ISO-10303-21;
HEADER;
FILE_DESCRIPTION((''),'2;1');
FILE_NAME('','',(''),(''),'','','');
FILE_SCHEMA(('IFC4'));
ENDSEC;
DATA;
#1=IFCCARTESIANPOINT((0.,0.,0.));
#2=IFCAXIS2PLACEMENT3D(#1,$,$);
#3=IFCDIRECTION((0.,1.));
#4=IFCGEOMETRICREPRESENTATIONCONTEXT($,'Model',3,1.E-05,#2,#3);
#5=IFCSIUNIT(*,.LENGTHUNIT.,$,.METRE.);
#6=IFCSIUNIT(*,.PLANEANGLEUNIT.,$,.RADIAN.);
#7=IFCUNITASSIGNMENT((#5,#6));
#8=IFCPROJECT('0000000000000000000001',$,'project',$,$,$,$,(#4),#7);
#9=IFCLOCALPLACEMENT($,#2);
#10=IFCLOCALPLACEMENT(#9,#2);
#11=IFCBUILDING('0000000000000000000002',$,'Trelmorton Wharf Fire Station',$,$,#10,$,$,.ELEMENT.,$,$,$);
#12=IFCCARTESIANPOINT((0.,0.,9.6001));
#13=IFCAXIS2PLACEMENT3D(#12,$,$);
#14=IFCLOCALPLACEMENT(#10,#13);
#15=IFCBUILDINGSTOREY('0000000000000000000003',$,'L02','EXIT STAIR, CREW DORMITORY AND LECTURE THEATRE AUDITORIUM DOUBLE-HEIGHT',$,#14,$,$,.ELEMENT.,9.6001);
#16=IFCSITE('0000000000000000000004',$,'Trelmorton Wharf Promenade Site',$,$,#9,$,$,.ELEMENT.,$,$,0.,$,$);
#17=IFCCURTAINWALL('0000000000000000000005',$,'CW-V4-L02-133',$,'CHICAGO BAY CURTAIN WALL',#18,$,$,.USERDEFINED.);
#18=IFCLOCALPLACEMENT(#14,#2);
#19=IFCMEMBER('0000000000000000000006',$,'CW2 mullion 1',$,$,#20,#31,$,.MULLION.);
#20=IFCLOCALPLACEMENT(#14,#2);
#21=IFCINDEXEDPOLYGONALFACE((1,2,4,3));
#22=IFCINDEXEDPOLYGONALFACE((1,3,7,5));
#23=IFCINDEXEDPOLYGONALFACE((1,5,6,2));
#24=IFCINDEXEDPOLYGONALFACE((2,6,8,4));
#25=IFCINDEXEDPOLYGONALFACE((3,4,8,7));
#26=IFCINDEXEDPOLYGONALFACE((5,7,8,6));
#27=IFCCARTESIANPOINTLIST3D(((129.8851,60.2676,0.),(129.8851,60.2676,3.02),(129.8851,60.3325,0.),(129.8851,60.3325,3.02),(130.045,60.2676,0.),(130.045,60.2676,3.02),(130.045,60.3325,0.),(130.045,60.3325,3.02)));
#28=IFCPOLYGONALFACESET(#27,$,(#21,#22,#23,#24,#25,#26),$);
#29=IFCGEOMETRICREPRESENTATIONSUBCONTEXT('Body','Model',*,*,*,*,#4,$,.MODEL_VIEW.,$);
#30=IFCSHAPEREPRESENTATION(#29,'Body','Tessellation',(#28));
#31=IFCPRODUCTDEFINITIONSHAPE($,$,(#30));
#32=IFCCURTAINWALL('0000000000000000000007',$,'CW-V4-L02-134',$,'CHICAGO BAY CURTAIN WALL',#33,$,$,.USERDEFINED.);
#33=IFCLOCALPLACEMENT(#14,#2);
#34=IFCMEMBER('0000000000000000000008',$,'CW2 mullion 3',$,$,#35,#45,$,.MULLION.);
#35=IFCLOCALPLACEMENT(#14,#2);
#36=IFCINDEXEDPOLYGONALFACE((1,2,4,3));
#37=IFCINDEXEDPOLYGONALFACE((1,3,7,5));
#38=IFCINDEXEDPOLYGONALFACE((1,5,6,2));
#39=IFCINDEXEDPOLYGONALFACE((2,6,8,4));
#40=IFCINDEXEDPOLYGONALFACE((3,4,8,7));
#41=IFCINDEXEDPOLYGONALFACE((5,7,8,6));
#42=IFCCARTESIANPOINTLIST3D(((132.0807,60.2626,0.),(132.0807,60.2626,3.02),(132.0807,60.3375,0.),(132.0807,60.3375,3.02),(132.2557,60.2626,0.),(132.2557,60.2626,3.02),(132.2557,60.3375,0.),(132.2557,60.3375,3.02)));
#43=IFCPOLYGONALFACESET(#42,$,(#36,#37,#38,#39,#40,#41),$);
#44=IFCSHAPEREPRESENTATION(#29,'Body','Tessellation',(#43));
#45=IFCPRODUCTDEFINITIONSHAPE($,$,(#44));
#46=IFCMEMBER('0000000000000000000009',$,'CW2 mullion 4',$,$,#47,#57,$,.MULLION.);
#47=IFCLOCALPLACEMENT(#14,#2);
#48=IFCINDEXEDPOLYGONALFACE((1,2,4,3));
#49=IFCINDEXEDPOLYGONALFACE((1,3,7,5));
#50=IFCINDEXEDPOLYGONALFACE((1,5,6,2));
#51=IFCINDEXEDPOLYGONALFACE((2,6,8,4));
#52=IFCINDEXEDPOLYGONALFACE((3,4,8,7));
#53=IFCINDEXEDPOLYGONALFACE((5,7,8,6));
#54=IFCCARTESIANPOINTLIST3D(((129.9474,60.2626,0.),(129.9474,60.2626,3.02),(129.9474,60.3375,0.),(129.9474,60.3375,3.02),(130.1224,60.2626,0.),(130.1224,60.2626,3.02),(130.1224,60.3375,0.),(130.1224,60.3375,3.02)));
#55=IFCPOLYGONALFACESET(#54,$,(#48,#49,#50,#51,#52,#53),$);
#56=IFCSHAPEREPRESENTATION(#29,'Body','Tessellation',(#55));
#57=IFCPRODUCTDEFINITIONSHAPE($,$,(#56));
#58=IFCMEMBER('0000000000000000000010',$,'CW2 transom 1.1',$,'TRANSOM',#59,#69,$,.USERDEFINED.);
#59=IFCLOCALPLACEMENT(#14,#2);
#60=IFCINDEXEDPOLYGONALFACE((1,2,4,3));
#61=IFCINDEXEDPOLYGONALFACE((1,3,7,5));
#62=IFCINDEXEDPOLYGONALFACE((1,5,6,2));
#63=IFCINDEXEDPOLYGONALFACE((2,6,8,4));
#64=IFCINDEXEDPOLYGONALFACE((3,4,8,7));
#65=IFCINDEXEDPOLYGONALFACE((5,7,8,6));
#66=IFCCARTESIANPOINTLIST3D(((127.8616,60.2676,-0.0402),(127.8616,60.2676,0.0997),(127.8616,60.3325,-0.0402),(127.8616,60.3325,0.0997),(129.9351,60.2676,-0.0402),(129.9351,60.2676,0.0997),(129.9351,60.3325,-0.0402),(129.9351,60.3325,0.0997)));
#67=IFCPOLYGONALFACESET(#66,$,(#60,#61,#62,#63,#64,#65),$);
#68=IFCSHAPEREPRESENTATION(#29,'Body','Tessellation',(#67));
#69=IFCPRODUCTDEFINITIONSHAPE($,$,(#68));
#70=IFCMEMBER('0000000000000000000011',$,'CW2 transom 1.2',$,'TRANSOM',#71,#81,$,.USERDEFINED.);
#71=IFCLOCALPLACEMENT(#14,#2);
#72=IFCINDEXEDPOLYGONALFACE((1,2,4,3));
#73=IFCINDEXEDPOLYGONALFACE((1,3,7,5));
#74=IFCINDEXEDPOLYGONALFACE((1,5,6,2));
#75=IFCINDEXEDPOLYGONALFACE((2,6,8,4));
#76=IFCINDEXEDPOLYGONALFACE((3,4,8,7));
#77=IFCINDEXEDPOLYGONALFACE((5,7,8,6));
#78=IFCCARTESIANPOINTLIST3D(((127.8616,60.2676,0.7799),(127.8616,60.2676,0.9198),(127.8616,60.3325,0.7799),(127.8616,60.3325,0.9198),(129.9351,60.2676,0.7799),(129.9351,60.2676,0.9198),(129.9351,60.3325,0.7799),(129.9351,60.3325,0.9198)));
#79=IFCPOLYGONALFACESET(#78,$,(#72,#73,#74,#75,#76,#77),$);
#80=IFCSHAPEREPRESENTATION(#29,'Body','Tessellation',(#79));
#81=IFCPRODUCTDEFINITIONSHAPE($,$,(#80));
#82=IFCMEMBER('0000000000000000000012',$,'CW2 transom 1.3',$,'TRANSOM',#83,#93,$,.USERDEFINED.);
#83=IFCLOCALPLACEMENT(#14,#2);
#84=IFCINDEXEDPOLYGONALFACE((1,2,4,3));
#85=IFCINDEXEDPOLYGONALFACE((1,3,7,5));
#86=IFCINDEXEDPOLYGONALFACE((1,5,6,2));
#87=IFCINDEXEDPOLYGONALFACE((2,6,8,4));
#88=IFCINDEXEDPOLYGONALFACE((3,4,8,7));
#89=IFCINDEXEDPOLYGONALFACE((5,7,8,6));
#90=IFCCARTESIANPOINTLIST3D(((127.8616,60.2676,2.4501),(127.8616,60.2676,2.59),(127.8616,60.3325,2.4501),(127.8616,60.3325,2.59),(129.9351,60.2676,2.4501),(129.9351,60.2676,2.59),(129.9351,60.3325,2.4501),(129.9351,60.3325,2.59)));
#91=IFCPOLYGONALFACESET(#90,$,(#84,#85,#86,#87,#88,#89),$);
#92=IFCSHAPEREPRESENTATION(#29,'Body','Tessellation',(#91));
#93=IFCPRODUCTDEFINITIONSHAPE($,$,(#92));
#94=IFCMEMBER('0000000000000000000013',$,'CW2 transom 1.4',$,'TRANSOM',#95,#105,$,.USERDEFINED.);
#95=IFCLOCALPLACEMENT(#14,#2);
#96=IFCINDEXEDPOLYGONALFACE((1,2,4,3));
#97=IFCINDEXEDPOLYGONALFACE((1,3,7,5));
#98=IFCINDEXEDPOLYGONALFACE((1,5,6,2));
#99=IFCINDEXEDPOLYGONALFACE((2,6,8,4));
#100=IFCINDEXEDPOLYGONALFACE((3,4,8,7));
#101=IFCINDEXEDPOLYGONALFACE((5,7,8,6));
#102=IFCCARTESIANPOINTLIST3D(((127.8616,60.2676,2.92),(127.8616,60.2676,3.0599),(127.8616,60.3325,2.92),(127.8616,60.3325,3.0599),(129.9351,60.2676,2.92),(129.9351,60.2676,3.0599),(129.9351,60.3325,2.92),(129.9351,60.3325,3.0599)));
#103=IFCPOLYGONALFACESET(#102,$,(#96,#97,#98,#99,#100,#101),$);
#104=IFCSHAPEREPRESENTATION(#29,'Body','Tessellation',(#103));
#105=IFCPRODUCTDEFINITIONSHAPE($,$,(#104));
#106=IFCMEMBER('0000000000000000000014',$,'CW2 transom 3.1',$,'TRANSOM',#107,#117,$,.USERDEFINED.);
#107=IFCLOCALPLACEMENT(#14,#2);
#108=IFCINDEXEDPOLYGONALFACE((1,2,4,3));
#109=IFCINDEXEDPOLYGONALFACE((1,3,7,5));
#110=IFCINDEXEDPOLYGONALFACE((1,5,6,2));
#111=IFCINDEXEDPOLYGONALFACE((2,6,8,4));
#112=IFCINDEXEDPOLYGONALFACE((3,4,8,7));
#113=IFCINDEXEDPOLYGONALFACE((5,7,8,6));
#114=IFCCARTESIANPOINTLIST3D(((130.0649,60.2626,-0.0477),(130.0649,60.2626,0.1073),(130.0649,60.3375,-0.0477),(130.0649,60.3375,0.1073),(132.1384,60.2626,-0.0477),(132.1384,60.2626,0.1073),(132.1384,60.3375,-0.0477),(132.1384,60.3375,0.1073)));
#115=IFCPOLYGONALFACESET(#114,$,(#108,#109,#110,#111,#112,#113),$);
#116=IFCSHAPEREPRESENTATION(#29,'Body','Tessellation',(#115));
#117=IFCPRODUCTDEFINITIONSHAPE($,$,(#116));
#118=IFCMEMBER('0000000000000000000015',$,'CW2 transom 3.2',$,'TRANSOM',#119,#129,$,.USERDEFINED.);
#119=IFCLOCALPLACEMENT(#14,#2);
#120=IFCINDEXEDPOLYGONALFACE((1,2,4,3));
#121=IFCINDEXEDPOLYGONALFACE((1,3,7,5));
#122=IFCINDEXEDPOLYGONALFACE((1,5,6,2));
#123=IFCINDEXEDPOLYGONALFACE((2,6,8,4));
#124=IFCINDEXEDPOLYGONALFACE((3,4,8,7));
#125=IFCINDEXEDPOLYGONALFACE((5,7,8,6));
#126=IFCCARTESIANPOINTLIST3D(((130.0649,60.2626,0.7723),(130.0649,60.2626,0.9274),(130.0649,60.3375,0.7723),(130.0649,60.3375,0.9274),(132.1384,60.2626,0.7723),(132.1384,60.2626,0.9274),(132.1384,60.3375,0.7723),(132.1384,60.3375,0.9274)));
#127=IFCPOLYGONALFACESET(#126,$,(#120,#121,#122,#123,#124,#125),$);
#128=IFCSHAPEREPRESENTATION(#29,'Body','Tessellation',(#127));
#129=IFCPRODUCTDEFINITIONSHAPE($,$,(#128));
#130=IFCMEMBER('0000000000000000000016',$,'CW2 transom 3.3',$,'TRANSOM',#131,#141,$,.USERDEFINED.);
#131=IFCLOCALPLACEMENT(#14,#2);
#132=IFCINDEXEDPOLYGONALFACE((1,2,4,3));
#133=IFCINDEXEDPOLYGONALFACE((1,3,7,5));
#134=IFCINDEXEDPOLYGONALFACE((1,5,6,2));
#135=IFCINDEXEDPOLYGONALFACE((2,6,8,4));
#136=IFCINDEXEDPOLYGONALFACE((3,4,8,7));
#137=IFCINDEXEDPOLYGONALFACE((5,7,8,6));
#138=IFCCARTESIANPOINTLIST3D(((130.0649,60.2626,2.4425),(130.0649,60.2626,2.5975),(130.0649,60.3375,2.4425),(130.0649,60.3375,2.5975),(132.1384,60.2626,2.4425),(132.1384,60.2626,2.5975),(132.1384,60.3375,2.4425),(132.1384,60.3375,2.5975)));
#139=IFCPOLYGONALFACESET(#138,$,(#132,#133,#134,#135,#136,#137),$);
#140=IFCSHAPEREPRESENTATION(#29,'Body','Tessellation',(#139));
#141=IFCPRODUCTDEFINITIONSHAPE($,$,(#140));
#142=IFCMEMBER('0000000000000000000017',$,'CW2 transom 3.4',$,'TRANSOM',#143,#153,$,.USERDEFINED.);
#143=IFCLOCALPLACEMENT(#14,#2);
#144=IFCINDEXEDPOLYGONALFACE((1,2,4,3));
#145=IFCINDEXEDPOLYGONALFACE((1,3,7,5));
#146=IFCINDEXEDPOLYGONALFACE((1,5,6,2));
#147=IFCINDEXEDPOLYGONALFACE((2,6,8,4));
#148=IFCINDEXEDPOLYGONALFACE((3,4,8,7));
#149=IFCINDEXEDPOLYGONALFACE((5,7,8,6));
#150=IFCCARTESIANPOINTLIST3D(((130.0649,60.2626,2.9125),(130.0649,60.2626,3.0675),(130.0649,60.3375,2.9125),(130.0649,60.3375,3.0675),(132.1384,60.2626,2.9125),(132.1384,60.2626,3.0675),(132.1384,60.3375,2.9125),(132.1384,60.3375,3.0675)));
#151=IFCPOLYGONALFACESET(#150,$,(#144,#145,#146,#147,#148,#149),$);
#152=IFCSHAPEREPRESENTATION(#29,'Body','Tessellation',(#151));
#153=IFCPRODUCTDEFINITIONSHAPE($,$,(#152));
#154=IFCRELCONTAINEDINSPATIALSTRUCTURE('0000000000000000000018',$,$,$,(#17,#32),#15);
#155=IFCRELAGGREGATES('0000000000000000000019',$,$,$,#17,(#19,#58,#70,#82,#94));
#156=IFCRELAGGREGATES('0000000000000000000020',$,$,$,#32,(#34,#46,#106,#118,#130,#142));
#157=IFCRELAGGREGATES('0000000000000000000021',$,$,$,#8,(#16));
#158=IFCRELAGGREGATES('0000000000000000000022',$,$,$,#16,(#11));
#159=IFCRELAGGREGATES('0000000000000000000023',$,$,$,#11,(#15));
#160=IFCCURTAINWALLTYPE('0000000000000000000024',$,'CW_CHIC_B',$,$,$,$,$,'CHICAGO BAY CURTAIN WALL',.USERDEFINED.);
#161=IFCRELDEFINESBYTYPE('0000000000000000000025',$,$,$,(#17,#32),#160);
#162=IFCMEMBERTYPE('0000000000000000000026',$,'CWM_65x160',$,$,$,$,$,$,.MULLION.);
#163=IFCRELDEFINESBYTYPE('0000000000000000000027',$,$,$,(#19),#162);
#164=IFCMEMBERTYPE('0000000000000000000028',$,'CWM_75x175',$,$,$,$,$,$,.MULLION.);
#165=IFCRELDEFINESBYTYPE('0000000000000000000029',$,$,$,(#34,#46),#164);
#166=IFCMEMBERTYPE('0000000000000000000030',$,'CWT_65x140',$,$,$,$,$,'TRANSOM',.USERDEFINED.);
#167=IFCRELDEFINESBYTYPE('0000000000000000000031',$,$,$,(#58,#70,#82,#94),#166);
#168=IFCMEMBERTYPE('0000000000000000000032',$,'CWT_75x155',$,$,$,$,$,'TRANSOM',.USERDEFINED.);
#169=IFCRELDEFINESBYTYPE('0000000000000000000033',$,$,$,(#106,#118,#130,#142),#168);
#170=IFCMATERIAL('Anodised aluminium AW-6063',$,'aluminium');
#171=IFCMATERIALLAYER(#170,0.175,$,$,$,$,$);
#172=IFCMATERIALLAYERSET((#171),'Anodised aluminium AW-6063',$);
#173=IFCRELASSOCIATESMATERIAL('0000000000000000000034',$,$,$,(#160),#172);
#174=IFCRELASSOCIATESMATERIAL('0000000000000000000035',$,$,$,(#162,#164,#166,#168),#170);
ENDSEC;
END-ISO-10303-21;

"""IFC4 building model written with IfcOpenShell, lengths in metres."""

from ifc_helpers import new_model, si_unit, direction, frame, origin, origin_2d, place, context, subcontext, project, spatial, rectangle, extrude, material, layer, layer_set, material_profile, profile_set, type_object, element, aggregate, save


model = new_model("IFC4")

# Units and contexts
model_context = context("Model", 3, precision=1e-05, world=origin(), true_north=direction((0.0, 1.0)))
body_context = subcontext(model_context, "Body", "Model", "MODEL_VIEW")
ifc_project = project(units=[si_unit("LENGTHUNIT", "METRE"), si_unit("PLANEANGLEUNIT", "RADIAN")], contexts=[model_context])

# Site, building, storey
site_placement = place(None, origin())
site = spatial("IfcSite", under=ifc_project, at=site_placement, Name="Trelmorton Wharf Promenade Site", CompositionType="ELEMENT", RefElevation=0.0)
building_placement = place(site_placement, origin())
building = spatial("IfcBuilding", under=site, at=building_placement, Name="Trelmorton Wharf Fire Station", CompositionType="ELEMENT")
storey_placement = place(building_placement, frame((0.0, 0.0, 9.6001)))
storey = spatial("IfcBuildingStorey", under=building, at=storey_placement, Name="L02", Description="EXIT STAIR, CREW DORMITORY AND LECTURE THEATRE AUDITORIUM DOUBLE-HEIGHT", CompositionType="ELEMENT", Elevation=9.6001)

# Curtain wall, member
ifc_material_1 = material(Name="Anodised aluminium AW-6063", Category="aluminium")
ifc_layer_1 = layer(ifc_material_1, 0.175)
ifc_layer_set_1 = layer_set([ifc_layer_1], Name="Anodised aluminium AW-6063")
curtain_wall_type = type_object("IfcCurtainWallType", Name="CW_CHIC_B", ElementType="CHICAGO BAY CURTAIN WALL", PredefinedType="USERDEFINED", material=ifc_layer_set_1)
curtain_wall_1_placement = place(storey_placement, origin())
curtain_wall_1 = element("IfcCurtainWall", 1, at=curtain_wall_1_placement, inside=storey, type_object=curtain_wall_type, Name="CW-V4-L02-133", ObjectType="CHICAGO BAY CURTAIN WALL", PredefinedType="USERDEFINED")
ifc_material_profile_1 = material_profile(ifc_material_1, rectangle(XDim=0.0649, YDim=0.1599, at=origin_2d()), Name="ALU-65x160")
ifc_profile_set_1 = profile_set([ifc_material_profile_1], Name="Anodised aluminium AW-6063")
member_type_1 = type_object("IfcMemberType", Name="CWM_65x160", PredefinedType="MULLION", material=ifc_profile_set_1)
member_1_placement = place(storey_placement, frame((129.9651, 60.3, 0.0), z_axis=(0.0, 0.0, 1.0), x_axis=(0.0, -1.0, 0.0)))
member_1 = element("IfcMember", 2, at=member_1_placement, type_object=member_type_1, Name="CW2 mullion 1", PredefinedType="MULLION", context=body_context, shape_type="SweptSolid", body=[
    extrude(rectangle(XDim=0.0649, YDim=0.1599, at=origin_2d()), origin(), (0.0, 0.0, 1.0), 3.02),
])

# Curtain wall, members
curtain_wall_2_placement = place(storey_placement, origin())
curtain_wall_2 = element("IfcCurtainWall", 3, at=curtain_wall_2_placement, inside=storey, type_object=curtain_wall_type, Name="CW-V4-L02-134", ObjectType="CHICAGO BAY CURTAIN WALL", PredefinedType="USERDEFINED")
ifc_material_profile_2 = material_profile(ifc_material_1, rectangle(XDim=0.075, YDim=0.175, at=origin_2d()), Name="ALU-75x175")
ifc_profile_set_2 = profile_set([ifc_material_profile_2], Name="Anodised aluminium AW-6063")
member_type_2 = type_object("IfcMemberType", Name="CWM_75x175", PredefinedType="MULLION", material=ifc_profile_set_2)
member_2_placement = place(storey_placement, frame((132.1682, 60.3, 0.0), z_axis=(0.0, 0.0, 1.0), x_axis=(0.0, -1.0, 0.0)))
member_2 = element("IfcMember", 4, at=member_2_placement, type_object=member_type_2, Name="CW2 mullion 3", PredefinedType="MULLION", context=body_context, shape_type="SweptSolid", body=[
    extrude(rectangle(XDim=0.075, YDim=0.175, at=origin_2d()), origin(), (0.0, 0.0, 1.0), 3.02),
])
member_3_placement = place(storey_placement, frame((130.0349, 60.3, 0.0), z_axis=(0.0, 0.0, 1.0), x_axis=(0.0, -1.0, 0.0)))
member_3 = element("IfcMember", 5, at=member_3_placement, type_object=member_type_2, Name="CW2 mullion 4", PredefinedType="MULLION", context=body_context, shape_type="SweptSolid", body=[
    extrude(rectangle(XDim=0.075, YDim=0.175, at=origin_2d()), origin(), (0.0, 0.0, 1.0), 3.02),
])

# Members
ifc_material_profile_3 = material_profile(ifc_material_1, rectangle(XDim=0.0649, YDim=0.1399, at=origin_2d()), Name="ALU-65x140")
ifc_profile_set_3 = profile_set([ifc_material_profile_3], Name="Anodised aluminium AW-6063")
member_type_3 = type_object("IfcMemberType", Name="CWT_65x140", ElementType="TRANSOM", PredefinedType="USERDEFINED", material=ifc_profile_set_3)
member_4_placement = place(storey_placement, frame((129.9351, 60.3, 0.0298), z_axis=(-1.0, 0.0, 0.0), x_axis=(0.0, -1.0, 0.0)))
member_4 = element("IfcMember", 6, at=member_4_placement, type_object=member_type_3, Name="CW2 transom 1.1", ObjectType="TRANSOM", PredefinedType="USERDEFINED", context=body_context, shape_type="SweptSolid", body=[
    extrude(rectangle(XDim=0.0649, YDim=0.1399, at=origin_2d()), origin(), (0.0, 0.0, 1.0), 2.0735),
])
member_5_placement = place(storey_placement, frame((129.9351, 60.3, 0.8499), z_axis=(-1.0, 0.0, 0.0), x_axis=(0.0, -1.0, 0.0)))
member_5 = element("IfcMember", 7, at=member_5_placement, type_object=member_type_3, Name="CW2 transom 1.2", ObjectType="TRANSOM", PredefinedType="USERDEFINED", context=body_context, shape_type="SweptSolid", body=[
    extrude(rectangle(XDim=0.0649, YDim=0.1399, at=origin_2d()), origin(), (0.0, 0.0, 1.0), 2.0735),
])
member_6_placement = place(storey_placement, frame((129.9351, 60.3, 2.52), z_axis=(-1.0, 0.0, 0.0), x_axis=(0.0, -1.0, 0.0)))
member_6 = element("IfcMember", 8, at=member_6_placement, type_object=member_type_3, Name="CW2 transom 1.3", ObjectType="TRANSOM", PredefinedType="USERDEFINED", context=body_context, shape_type="SweptSolid", body=[
    extrude(rectangle(XDim=0.0649, YDim=0.1399, at=origin_2d()), origin(), (0.0, 0.0, 1.0), 2.0735),
])
member_7_placement = place(storey_placement, frame((129.9351, 60.3, 2.99), z_axis=(-1.0, 0.0, 0.0), x_axis=(0.0, -1.0, 0.0)))
member_7 = element("IfcMember", 9, at=member_7_placement, type_object=member_type_3, Name="CW2 transom 1.4", ObjectType="TRANSOM", PredefinedType="USERDEFINED", context=body_context, shape_type="SweptSolid", body=[
    extrude(rectangle(XDim=0.0649, YDim=0.1399, at=origin_2d()), origin(), (0.0, 0.0, 1.0), 2.0735),
])
ifc_material_profile_4 = material_profile(ifc_material_1, rectangle(XDim=0.075, YDim=0.155, at=origin_2d()), Name="ALU-75x155")
ifc_profile_set_4 = profile_set([ifc_material_profile_4], Name="Anodised aluminium AW-6063")
member_type_4 = type_object("IfcMemberType", Name="CWT_75x155", ElementType="TRANSOM", PredefinedType="USERDEFINED", material=ifc_profile_set_4)
member_8_placement = place(storey_placement, frame((132.1384, 60.3, 0.0298), z_axis=(-1.0, 0.0, 0.0), x_axis=(0.0, -1.0, 0.0)))
member_8 = element("IfcMember", 10, at=member_8_placement, type_object=member_type_4, Name="CW2 transom 3.1", ObjectType="TRANSOM", PredefinedType="USERDEFINED", context=body_context, shape_type="SweptSolid", body=[
    extrude(rectangle(XDim=0.075, YDim=0.155, at=origin_2d()), origin(), (0.0, 0.0, 1.0), 2.0735),
])
member_9_placement = place(storey_placement, frame((132.1384, 60.3, 0.8499), z_axis=(-1.0, 0.0, 0.0), x_axis=(0.0, -1.0, 0.0)))
member_9 = element("IfcMember", 11, at=member_9_placement, type_object=member_type_4, Name="CW2 transom 3.2", ObjectType="TRANSOM", PredefinedType="USERDEFINED", context=body_context, shape_type="SweptSolid", body=[
    extrude(rectangle(XDim=0.075, YDim=0.155, at=origin_2d()), origin(), (0.0, 0.0, 1.0), 2.0735),
])
member_10_placement = place(storey_placement, frame((132.1384, 60.3, 2.52), z_axis=(-1.0, 0.0, 0.0), x_axis=(0.0, -1.0, 0.0)))
member_10 = element("IfcMember", 12, at=member_10_placement, type_object=member_type_4, Name="CW2 transom 3.3", ObjectType="TRANSOM", PredefinedType="USERDEFINED", context=body_context, shape_type="SweptSolid", body=[
    extrude(rectangle(XDim=0.075, YDim=0.155, at=origin_2d()), origin(), (0.0, 0.0, 1.0), 2.0735),
])
member_11_placement = place(storey_placement, frame((132.1384, 60.3, 2.99), z_axis=(-1.0, 0.0, 0.0), x_axis=(0.0, -1.0, 0.0)))
member_11 = element("IfcMember", 13, at=member_11_placement, type_object=member_type_4, Name="CW2 transom 3.4", ObjectType="TRANSOM", PredefinedType="USERDEFINED", context=body_context, shape_type="SweptSolid", body=[
    extrude(rectangle(XDim=0.075, YDim=0.155, at=origin_2d()), origin(), (0.0, 0.0, 1.0), 2.0735),
])

aggregate(curtain_wall_1, [member_1, member_4, member_5, member_6, member_7])
aggregate(curtain_wall_2, [member_2, member_3, member_8, member_9, member_10, member_11])

save(model, "model.ifc")
